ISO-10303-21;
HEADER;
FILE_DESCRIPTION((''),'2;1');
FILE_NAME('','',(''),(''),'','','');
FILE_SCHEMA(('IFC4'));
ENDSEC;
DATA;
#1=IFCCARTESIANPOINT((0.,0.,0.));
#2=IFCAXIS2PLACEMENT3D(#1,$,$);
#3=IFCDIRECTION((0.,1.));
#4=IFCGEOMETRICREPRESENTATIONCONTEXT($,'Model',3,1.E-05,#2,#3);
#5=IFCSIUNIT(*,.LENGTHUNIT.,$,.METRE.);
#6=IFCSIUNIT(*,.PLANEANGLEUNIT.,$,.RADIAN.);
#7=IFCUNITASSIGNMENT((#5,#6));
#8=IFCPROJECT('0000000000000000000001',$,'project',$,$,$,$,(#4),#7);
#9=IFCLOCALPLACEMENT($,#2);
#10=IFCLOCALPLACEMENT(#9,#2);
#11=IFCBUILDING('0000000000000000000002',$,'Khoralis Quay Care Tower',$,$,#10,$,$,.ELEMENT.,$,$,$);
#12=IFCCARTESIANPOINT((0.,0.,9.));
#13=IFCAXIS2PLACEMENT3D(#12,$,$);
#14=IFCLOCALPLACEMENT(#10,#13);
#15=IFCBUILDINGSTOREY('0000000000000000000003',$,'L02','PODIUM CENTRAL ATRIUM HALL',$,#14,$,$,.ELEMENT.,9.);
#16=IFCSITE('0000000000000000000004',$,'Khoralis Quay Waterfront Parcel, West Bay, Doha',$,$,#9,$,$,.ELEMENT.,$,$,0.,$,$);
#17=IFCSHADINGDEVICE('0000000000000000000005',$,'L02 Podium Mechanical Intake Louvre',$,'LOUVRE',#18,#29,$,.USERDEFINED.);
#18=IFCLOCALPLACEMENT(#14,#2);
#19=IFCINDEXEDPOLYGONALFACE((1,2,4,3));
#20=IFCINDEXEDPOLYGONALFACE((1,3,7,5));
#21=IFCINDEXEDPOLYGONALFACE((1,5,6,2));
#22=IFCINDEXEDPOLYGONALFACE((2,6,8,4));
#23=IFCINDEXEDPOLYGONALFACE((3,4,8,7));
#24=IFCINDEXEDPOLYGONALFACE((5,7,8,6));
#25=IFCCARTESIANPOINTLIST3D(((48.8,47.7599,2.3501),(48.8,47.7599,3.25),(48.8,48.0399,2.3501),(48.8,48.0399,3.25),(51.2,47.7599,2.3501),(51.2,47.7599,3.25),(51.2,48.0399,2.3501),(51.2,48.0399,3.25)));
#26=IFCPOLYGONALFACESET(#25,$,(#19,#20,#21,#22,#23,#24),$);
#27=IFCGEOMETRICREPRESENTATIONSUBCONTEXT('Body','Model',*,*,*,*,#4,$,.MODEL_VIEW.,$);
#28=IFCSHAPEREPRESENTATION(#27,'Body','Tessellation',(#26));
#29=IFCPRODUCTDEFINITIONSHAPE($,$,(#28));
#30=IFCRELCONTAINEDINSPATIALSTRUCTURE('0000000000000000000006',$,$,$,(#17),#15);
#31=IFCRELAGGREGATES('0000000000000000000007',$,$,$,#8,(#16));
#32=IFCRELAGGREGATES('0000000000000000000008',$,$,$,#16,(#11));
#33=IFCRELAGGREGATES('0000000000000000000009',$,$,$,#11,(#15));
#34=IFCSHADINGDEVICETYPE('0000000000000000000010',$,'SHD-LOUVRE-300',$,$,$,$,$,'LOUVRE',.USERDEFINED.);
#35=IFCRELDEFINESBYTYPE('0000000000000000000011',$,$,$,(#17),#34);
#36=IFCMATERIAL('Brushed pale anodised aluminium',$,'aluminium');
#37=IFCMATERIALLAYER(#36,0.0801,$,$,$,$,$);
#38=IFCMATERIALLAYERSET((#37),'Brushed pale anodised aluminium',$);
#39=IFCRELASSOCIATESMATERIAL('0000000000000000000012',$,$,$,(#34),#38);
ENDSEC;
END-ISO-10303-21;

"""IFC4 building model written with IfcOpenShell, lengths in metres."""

from ifc_helpers import new_model, si_unit, direction, frame, origin, origin_2d, place, context, subcontext, project, spatial, rectangle, extrude, source, transform, mapped, material, layer, layer_set, type_object, element, save


model = new_model("IFC4")

# Units and contexts
model_context = context("Model", 3, precision=1e-05, world=origin(), true_north=direction((0.0, 1.0)))
body_context = subcontext(model_context, "Body", "Model", "MODEL_VIEW")
ifc_project = project(units=[si_unit("LENGTHUNIT", "METRE"), si_unit("PLANEANGLEUNIT", "RADIAN")], contexts=[model_context])

# Site, building, storey
site_placement = place(None, origin())
site = spatial("IfcSite", under=ifc_project, at=site_placement, Name="Khoralis Quay Waterfront Parcel, West Bay, Doha", CompositionType="ELEMENT", RefElevation=0.0)
building_placement = place(site_placement, origin())
building = spatial("IfcBuilding", under=site, at=building_placement, Name="Khoralis Quay Care Tower", CompositionType="ELEMENT")
storey_placement = place(building_placement, frame((0.0, 0.0, 9.0)))
storey = spatial("IfcBuildingStorey", under=building, at=storey_placement, Name="L02", Description="PODIUM CENTRAL ATRIUM HALL", CompositionType="ELEMENT", Elevation=9.0)

# Shading device
ifc_material_1 = material(Name="Brushed pale anodised aluminium", Category="aluminium")
ifc_layer_1 = layer(ifc_material_1, 0.0801)
ifc_layer_set_1 = layer_set([ifc_layer_1], Name="Brushed pale anodised aluminium")
shading_device_type = type_object("IfcShadingDeviceType", Name="SHD-LOUVRE-300", ElementType="LOUVRE", PredefinedType="USERDEFINED", material=ifc_layer_set_1)
shared_shape_1 = source(origin(), body_context, "Body", "SweptSolid", [
    extrude(rectangle(XDim=2.3999, YDim=0.28, at=origin_2d()), origin(), (0.0, 0.0, 1.0), 0.8999),
])
shading_device_placement = place(storey_placement, frame((50.0, 47.8999, 2.3501), z_axis=(0.0, 0.0, 1.0), x_axis=(1.0, 0.0, 0.0)))
element("IfcShadingDevice", 1, at=shading_device_placement, inside=storey, type_object=shading_device_type, Name="L02 Podium Mechanical Intake Louvre", ObjectType="LOUVRE", PredefinedType="USERDEFINED", context=body_context, shape_type="MappedRepresentation", body=[
    mapped(shared_shape_1, transform((0.0, 0.0, 0.0), scale=1.0)),
])

save(model, "model.ifc")
